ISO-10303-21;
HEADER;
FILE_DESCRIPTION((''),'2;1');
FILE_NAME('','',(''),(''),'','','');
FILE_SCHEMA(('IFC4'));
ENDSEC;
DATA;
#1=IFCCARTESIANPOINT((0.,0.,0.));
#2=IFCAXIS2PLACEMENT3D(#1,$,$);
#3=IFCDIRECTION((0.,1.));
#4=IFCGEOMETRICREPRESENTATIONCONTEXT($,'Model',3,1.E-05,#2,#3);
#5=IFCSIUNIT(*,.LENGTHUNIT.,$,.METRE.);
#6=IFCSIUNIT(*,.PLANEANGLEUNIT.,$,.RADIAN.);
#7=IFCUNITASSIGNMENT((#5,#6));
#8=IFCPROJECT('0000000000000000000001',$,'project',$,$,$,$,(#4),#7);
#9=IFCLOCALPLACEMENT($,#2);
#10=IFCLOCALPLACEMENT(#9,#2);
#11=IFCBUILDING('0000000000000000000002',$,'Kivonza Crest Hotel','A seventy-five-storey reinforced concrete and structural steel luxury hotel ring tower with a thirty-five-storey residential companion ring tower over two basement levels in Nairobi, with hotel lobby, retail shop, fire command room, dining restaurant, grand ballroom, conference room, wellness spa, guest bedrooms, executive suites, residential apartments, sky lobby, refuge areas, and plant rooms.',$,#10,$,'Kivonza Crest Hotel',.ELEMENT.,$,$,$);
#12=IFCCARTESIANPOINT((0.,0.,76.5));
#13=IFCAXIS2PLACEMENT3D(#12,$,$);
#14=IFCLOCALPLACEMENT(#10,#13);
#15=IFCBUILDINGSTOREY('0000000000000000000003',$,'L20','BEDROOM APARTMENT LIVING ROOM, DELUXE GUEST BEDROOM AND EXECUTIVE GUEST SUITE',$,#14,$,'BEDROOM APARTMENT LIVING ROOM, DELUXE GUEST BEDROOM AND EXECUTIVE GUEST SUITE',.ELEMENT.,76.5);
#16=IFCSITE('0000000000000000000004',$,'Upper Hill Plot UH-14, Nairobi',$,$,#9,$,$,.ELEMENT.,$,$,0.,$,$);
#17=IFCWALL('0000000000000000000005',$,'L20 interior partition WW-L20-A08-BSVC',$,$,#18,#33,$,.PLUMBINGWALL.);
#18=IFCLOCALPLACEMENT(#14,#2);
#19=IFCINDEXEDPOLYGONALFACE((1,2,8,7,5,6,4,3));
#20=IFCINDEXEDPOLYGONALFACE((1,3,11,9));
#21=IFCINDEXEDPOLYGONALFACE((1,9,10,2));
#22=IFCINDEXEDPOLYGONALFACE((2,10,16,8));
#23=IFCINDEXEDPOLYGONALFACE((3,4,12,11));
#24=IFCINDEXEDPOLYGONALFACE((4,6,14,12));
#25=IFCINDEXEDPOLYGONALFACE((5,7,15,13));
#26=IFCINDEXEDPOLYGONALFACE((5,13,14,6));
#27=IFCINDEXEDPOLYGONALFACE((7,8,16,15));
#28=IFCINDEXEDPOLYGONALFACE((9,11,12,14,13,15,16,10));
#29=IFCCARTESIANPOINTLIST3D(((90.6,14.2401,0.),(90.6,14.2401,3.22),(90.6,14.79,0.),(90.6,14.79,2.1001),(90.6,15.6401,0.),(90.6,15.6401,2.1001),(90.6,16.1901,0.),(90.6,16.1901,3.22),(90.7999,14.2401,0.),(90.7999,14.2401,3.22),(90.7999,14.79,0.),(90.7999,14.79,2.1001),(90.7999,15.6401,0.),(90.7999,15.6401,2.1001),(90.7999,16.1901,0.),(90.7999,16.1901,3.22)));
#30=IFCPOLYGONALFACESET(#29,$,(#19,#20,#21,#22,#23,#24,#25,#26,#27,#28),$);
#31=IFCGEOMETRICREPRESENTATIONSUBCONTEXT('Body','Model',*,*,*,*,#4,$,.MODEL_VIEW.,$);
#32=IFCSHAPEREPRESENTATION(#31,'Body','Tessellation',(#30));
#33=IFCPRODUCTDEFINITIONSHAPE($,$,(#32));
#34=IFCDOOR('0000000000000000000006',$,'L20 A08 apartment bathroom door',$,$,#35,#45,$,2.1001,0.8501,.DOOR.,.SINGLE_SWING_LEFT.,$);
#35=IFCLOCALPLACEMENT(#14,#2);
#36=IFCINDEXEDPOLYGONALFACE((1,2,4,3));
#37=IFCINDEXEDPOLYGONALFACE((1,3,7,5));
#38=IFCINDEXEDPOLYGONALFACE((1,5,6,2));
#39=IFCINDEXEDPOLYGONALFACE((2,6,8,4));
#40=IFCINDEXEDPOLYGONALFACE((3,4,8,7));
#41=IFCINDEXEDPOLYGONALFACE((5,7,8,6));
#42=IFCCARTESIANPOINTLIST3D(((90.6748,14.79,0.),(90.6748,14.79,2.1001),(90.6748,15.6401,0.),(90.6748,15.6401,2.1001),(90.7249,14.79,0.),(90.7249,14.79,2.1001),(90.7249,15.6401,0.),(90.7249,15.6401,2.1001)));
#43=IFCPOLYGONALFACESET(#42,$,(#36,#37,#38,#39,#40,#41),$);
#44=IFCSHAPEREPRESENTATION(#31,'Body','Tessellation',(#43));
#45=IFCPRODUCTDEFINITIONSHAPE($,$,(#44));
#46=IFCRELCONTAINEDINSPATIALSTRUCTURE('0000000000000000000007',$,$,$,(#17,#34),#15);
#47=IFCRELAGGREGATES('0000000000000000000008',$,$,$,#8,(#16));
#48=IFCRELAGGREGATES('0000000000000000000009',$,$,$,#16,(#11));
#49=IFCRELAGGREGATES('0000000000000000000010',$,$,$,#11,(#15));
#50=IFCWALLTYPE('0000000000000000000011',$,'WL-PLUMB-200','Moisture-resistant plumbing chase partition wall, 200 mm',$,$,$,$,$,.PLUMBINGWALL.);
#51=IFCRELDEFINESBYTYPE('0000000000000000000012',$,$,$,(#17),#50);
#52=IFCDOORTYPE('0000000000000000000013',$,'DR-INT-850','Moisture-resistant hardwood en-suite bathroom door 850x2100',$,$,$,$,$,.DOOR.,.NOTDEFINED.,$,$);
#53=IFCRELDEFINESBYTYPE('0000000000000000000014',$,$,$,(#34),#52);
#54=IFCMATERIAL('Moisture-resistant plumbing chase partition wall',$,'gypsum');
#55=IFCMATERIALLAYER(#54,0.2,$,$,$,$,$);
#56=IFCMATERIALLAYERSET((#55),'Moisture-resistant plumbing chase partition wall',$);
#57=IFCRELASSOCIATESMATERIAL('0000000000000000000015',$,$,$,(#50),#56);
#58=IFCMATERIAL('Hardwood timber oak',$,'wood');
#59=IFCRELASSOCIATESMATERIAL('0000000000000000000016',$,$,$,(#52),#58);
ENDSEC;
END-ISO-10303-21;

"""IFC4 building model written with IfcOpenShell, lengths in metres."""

from ifc_helpers import new_model, si_unit, direction, frame, frame_2d, origin, place, context, subcontext, project, spatial, rectangle, extrude, material, layer, layer_set, type_object, element, fill, save


model = new_model("IFC4")

# Units and contexts
model_context = context("Model", 3, precision=1e-05, world=origin(), true_north=direction((0.0, 1.0)))
body_context = subcontext(model_context, "Body", "Model", "MODEL_VIEW")
ifc_project = project(units=[si_unit("LENGTHUNIT", "METRE"), si_unit("PLANEANGLEUNIT", "RADIAN")], contexts=[model_context])

# Site, building, storey
site_placement = place(None, origin())
site = spatial("IfcSite", under=ifc_project, at=site_placement, Name="Upper Hill Plot UH-14, Nairobi", CompositionType="ELEMENT", RefElevation=0.0)
building_placement = place(site_placement, origin())
building = spatial("IfcBuilding", under=site, at=building_placement, Name="Kivonza Crest Hotel", Description="A seventy-five-storey reinforced concrete and structural steel luxury hotel ring tower with a thirty-five-storey residential companion ring tower over two basement levels in Nairobi, with hotel lobby, retail shop, fire command room, dining restaurant, grand ballroom, conference room, wellness spa, guest bedrooms, executive suites, residential apartments, sky lobby, refuge areas, and plant rooms.", LongName="Kivonza Crest Hotel", CompositionType="ELEMENT")
storey_placement = place(building_placement, frame((0.0, 0.0, 76.5)))
storey = spatial("IfcBuildingStorey", under=building, at=storey_placement, Name="L20", Description="BEDROOM APARTMENT LIVING ROOM, DELUXE GUEST BEDROOM AND EXECUTIVE GUEST SUITE", LongName="BEDROOM APARTMENT LIVING ROOM, DELUXE GUEST BEDROOM AND EXECUTIVE GUEST SUITE", CompositionType="ELEMENT", Elevation=76.5)

# Shared definitions
ifc_material_1 = material(Name="Hardwood timber oak", Category="wood")

# Shared definitions
ifc_material_2 = material(Name="Moisture-resistant plumbing chase partition wall", Category="gypsum")
ifc_layer_1 = layer(ifc_material_2, 0.2)
ifc_layer_set_1 = layer_set([ifc_layer_1], Name="Moisture-resistant plumbing chase partition wall")
wall_type_1 = type_object("IfcWallType", Name="WL-PLUMB-200", Description="Moisture-resistant plumbing chase partition wall, 200 mm", PredefinedType="PLUMBINGWALL", material=ifc_layer_set_1)

# Wall, opening, door
wall_1_placement = place(storey_placement, frame((90.7, 14.24, 0.0), z_axis=(0.0, 0.0, 1.0), x_axis=(0.0, 1.0, 0.0)))
wall_1 = element("IfcWall", 1, at=wall_1_placement, inside=storey, type_object=wall_type_1, Name="L20 interior partition WW-L20-A08-BSVC", PredefinedType="PLUMBINGWALL", context=body_context, shape_type="SweptSolid", body=[
    extrude(rectangle(XDim=1.95, YDim=0.2, at=frame_2d((0.9751, 0.0))), origin(), (0.0, 0.0, 1.0), 3.22),
])
opening_1_placement = place(wall_1_placement, frame((0.55, 0.0, 0.0)))
opening_1 = element("IfcOpeningElement", 2, at=opening_1_placement, cuts=wall_1, PredefinedType="OPENING", context=body_context, shape_type="SweptSolid", body=[
    extrude(rectangle(XDim=0.8501, YDim=2.1001, at=frame_2d((0.425, 1.05))), frame((0.0, 0.1099, 0.0), z_axis=(0.0, -1.0, 0.0), x_axis=(1.0, 0.0, 0.0)), (0.0, 0.0, 1.0), 0.22),
])
door_type_1 = type_object("IfcDoorType", Name="DR-INT-850", Description="Moisture-resistant hardwood en-suite bathroom door 850x2100", OperationType="NOTDEFINED", PredefinedType="DOOR", material=ifc_material_1)
door_1_placement = place(opening_1_placement, frame((0.8501, 0.0, 0.0), z_axis=(0.0, 0.0, 1.0), x_axis=(-1.0, 0.0, 0.0)))
door_1 = element("IfcDoor", 3, at=door_1_placement, inside=storey, type_object=door_type_1, Name="L20 A08 apartment bathroom door", OperationType="SINGLE_SWING_LEFT", OverallHeight=2.1001, OverallWidth=0.8501, PredefinedType="DOOR", context=body_context, shape_type="SweptSolid", body=[
    extrude(rectangle(XDim=0.8501, YDim=2.1001, at=frame_2d((0.425, 1.05))), frame((0.0, 0.0249, 0.0), z_axis=(0.0, -1.0, 0.0), x_axis=(1.0, 0.0, 0.0)), (0.0, 0.0, 1.0), 0.05),
])
fill(opening_1, door_1)

save(model, "model.ifc")
